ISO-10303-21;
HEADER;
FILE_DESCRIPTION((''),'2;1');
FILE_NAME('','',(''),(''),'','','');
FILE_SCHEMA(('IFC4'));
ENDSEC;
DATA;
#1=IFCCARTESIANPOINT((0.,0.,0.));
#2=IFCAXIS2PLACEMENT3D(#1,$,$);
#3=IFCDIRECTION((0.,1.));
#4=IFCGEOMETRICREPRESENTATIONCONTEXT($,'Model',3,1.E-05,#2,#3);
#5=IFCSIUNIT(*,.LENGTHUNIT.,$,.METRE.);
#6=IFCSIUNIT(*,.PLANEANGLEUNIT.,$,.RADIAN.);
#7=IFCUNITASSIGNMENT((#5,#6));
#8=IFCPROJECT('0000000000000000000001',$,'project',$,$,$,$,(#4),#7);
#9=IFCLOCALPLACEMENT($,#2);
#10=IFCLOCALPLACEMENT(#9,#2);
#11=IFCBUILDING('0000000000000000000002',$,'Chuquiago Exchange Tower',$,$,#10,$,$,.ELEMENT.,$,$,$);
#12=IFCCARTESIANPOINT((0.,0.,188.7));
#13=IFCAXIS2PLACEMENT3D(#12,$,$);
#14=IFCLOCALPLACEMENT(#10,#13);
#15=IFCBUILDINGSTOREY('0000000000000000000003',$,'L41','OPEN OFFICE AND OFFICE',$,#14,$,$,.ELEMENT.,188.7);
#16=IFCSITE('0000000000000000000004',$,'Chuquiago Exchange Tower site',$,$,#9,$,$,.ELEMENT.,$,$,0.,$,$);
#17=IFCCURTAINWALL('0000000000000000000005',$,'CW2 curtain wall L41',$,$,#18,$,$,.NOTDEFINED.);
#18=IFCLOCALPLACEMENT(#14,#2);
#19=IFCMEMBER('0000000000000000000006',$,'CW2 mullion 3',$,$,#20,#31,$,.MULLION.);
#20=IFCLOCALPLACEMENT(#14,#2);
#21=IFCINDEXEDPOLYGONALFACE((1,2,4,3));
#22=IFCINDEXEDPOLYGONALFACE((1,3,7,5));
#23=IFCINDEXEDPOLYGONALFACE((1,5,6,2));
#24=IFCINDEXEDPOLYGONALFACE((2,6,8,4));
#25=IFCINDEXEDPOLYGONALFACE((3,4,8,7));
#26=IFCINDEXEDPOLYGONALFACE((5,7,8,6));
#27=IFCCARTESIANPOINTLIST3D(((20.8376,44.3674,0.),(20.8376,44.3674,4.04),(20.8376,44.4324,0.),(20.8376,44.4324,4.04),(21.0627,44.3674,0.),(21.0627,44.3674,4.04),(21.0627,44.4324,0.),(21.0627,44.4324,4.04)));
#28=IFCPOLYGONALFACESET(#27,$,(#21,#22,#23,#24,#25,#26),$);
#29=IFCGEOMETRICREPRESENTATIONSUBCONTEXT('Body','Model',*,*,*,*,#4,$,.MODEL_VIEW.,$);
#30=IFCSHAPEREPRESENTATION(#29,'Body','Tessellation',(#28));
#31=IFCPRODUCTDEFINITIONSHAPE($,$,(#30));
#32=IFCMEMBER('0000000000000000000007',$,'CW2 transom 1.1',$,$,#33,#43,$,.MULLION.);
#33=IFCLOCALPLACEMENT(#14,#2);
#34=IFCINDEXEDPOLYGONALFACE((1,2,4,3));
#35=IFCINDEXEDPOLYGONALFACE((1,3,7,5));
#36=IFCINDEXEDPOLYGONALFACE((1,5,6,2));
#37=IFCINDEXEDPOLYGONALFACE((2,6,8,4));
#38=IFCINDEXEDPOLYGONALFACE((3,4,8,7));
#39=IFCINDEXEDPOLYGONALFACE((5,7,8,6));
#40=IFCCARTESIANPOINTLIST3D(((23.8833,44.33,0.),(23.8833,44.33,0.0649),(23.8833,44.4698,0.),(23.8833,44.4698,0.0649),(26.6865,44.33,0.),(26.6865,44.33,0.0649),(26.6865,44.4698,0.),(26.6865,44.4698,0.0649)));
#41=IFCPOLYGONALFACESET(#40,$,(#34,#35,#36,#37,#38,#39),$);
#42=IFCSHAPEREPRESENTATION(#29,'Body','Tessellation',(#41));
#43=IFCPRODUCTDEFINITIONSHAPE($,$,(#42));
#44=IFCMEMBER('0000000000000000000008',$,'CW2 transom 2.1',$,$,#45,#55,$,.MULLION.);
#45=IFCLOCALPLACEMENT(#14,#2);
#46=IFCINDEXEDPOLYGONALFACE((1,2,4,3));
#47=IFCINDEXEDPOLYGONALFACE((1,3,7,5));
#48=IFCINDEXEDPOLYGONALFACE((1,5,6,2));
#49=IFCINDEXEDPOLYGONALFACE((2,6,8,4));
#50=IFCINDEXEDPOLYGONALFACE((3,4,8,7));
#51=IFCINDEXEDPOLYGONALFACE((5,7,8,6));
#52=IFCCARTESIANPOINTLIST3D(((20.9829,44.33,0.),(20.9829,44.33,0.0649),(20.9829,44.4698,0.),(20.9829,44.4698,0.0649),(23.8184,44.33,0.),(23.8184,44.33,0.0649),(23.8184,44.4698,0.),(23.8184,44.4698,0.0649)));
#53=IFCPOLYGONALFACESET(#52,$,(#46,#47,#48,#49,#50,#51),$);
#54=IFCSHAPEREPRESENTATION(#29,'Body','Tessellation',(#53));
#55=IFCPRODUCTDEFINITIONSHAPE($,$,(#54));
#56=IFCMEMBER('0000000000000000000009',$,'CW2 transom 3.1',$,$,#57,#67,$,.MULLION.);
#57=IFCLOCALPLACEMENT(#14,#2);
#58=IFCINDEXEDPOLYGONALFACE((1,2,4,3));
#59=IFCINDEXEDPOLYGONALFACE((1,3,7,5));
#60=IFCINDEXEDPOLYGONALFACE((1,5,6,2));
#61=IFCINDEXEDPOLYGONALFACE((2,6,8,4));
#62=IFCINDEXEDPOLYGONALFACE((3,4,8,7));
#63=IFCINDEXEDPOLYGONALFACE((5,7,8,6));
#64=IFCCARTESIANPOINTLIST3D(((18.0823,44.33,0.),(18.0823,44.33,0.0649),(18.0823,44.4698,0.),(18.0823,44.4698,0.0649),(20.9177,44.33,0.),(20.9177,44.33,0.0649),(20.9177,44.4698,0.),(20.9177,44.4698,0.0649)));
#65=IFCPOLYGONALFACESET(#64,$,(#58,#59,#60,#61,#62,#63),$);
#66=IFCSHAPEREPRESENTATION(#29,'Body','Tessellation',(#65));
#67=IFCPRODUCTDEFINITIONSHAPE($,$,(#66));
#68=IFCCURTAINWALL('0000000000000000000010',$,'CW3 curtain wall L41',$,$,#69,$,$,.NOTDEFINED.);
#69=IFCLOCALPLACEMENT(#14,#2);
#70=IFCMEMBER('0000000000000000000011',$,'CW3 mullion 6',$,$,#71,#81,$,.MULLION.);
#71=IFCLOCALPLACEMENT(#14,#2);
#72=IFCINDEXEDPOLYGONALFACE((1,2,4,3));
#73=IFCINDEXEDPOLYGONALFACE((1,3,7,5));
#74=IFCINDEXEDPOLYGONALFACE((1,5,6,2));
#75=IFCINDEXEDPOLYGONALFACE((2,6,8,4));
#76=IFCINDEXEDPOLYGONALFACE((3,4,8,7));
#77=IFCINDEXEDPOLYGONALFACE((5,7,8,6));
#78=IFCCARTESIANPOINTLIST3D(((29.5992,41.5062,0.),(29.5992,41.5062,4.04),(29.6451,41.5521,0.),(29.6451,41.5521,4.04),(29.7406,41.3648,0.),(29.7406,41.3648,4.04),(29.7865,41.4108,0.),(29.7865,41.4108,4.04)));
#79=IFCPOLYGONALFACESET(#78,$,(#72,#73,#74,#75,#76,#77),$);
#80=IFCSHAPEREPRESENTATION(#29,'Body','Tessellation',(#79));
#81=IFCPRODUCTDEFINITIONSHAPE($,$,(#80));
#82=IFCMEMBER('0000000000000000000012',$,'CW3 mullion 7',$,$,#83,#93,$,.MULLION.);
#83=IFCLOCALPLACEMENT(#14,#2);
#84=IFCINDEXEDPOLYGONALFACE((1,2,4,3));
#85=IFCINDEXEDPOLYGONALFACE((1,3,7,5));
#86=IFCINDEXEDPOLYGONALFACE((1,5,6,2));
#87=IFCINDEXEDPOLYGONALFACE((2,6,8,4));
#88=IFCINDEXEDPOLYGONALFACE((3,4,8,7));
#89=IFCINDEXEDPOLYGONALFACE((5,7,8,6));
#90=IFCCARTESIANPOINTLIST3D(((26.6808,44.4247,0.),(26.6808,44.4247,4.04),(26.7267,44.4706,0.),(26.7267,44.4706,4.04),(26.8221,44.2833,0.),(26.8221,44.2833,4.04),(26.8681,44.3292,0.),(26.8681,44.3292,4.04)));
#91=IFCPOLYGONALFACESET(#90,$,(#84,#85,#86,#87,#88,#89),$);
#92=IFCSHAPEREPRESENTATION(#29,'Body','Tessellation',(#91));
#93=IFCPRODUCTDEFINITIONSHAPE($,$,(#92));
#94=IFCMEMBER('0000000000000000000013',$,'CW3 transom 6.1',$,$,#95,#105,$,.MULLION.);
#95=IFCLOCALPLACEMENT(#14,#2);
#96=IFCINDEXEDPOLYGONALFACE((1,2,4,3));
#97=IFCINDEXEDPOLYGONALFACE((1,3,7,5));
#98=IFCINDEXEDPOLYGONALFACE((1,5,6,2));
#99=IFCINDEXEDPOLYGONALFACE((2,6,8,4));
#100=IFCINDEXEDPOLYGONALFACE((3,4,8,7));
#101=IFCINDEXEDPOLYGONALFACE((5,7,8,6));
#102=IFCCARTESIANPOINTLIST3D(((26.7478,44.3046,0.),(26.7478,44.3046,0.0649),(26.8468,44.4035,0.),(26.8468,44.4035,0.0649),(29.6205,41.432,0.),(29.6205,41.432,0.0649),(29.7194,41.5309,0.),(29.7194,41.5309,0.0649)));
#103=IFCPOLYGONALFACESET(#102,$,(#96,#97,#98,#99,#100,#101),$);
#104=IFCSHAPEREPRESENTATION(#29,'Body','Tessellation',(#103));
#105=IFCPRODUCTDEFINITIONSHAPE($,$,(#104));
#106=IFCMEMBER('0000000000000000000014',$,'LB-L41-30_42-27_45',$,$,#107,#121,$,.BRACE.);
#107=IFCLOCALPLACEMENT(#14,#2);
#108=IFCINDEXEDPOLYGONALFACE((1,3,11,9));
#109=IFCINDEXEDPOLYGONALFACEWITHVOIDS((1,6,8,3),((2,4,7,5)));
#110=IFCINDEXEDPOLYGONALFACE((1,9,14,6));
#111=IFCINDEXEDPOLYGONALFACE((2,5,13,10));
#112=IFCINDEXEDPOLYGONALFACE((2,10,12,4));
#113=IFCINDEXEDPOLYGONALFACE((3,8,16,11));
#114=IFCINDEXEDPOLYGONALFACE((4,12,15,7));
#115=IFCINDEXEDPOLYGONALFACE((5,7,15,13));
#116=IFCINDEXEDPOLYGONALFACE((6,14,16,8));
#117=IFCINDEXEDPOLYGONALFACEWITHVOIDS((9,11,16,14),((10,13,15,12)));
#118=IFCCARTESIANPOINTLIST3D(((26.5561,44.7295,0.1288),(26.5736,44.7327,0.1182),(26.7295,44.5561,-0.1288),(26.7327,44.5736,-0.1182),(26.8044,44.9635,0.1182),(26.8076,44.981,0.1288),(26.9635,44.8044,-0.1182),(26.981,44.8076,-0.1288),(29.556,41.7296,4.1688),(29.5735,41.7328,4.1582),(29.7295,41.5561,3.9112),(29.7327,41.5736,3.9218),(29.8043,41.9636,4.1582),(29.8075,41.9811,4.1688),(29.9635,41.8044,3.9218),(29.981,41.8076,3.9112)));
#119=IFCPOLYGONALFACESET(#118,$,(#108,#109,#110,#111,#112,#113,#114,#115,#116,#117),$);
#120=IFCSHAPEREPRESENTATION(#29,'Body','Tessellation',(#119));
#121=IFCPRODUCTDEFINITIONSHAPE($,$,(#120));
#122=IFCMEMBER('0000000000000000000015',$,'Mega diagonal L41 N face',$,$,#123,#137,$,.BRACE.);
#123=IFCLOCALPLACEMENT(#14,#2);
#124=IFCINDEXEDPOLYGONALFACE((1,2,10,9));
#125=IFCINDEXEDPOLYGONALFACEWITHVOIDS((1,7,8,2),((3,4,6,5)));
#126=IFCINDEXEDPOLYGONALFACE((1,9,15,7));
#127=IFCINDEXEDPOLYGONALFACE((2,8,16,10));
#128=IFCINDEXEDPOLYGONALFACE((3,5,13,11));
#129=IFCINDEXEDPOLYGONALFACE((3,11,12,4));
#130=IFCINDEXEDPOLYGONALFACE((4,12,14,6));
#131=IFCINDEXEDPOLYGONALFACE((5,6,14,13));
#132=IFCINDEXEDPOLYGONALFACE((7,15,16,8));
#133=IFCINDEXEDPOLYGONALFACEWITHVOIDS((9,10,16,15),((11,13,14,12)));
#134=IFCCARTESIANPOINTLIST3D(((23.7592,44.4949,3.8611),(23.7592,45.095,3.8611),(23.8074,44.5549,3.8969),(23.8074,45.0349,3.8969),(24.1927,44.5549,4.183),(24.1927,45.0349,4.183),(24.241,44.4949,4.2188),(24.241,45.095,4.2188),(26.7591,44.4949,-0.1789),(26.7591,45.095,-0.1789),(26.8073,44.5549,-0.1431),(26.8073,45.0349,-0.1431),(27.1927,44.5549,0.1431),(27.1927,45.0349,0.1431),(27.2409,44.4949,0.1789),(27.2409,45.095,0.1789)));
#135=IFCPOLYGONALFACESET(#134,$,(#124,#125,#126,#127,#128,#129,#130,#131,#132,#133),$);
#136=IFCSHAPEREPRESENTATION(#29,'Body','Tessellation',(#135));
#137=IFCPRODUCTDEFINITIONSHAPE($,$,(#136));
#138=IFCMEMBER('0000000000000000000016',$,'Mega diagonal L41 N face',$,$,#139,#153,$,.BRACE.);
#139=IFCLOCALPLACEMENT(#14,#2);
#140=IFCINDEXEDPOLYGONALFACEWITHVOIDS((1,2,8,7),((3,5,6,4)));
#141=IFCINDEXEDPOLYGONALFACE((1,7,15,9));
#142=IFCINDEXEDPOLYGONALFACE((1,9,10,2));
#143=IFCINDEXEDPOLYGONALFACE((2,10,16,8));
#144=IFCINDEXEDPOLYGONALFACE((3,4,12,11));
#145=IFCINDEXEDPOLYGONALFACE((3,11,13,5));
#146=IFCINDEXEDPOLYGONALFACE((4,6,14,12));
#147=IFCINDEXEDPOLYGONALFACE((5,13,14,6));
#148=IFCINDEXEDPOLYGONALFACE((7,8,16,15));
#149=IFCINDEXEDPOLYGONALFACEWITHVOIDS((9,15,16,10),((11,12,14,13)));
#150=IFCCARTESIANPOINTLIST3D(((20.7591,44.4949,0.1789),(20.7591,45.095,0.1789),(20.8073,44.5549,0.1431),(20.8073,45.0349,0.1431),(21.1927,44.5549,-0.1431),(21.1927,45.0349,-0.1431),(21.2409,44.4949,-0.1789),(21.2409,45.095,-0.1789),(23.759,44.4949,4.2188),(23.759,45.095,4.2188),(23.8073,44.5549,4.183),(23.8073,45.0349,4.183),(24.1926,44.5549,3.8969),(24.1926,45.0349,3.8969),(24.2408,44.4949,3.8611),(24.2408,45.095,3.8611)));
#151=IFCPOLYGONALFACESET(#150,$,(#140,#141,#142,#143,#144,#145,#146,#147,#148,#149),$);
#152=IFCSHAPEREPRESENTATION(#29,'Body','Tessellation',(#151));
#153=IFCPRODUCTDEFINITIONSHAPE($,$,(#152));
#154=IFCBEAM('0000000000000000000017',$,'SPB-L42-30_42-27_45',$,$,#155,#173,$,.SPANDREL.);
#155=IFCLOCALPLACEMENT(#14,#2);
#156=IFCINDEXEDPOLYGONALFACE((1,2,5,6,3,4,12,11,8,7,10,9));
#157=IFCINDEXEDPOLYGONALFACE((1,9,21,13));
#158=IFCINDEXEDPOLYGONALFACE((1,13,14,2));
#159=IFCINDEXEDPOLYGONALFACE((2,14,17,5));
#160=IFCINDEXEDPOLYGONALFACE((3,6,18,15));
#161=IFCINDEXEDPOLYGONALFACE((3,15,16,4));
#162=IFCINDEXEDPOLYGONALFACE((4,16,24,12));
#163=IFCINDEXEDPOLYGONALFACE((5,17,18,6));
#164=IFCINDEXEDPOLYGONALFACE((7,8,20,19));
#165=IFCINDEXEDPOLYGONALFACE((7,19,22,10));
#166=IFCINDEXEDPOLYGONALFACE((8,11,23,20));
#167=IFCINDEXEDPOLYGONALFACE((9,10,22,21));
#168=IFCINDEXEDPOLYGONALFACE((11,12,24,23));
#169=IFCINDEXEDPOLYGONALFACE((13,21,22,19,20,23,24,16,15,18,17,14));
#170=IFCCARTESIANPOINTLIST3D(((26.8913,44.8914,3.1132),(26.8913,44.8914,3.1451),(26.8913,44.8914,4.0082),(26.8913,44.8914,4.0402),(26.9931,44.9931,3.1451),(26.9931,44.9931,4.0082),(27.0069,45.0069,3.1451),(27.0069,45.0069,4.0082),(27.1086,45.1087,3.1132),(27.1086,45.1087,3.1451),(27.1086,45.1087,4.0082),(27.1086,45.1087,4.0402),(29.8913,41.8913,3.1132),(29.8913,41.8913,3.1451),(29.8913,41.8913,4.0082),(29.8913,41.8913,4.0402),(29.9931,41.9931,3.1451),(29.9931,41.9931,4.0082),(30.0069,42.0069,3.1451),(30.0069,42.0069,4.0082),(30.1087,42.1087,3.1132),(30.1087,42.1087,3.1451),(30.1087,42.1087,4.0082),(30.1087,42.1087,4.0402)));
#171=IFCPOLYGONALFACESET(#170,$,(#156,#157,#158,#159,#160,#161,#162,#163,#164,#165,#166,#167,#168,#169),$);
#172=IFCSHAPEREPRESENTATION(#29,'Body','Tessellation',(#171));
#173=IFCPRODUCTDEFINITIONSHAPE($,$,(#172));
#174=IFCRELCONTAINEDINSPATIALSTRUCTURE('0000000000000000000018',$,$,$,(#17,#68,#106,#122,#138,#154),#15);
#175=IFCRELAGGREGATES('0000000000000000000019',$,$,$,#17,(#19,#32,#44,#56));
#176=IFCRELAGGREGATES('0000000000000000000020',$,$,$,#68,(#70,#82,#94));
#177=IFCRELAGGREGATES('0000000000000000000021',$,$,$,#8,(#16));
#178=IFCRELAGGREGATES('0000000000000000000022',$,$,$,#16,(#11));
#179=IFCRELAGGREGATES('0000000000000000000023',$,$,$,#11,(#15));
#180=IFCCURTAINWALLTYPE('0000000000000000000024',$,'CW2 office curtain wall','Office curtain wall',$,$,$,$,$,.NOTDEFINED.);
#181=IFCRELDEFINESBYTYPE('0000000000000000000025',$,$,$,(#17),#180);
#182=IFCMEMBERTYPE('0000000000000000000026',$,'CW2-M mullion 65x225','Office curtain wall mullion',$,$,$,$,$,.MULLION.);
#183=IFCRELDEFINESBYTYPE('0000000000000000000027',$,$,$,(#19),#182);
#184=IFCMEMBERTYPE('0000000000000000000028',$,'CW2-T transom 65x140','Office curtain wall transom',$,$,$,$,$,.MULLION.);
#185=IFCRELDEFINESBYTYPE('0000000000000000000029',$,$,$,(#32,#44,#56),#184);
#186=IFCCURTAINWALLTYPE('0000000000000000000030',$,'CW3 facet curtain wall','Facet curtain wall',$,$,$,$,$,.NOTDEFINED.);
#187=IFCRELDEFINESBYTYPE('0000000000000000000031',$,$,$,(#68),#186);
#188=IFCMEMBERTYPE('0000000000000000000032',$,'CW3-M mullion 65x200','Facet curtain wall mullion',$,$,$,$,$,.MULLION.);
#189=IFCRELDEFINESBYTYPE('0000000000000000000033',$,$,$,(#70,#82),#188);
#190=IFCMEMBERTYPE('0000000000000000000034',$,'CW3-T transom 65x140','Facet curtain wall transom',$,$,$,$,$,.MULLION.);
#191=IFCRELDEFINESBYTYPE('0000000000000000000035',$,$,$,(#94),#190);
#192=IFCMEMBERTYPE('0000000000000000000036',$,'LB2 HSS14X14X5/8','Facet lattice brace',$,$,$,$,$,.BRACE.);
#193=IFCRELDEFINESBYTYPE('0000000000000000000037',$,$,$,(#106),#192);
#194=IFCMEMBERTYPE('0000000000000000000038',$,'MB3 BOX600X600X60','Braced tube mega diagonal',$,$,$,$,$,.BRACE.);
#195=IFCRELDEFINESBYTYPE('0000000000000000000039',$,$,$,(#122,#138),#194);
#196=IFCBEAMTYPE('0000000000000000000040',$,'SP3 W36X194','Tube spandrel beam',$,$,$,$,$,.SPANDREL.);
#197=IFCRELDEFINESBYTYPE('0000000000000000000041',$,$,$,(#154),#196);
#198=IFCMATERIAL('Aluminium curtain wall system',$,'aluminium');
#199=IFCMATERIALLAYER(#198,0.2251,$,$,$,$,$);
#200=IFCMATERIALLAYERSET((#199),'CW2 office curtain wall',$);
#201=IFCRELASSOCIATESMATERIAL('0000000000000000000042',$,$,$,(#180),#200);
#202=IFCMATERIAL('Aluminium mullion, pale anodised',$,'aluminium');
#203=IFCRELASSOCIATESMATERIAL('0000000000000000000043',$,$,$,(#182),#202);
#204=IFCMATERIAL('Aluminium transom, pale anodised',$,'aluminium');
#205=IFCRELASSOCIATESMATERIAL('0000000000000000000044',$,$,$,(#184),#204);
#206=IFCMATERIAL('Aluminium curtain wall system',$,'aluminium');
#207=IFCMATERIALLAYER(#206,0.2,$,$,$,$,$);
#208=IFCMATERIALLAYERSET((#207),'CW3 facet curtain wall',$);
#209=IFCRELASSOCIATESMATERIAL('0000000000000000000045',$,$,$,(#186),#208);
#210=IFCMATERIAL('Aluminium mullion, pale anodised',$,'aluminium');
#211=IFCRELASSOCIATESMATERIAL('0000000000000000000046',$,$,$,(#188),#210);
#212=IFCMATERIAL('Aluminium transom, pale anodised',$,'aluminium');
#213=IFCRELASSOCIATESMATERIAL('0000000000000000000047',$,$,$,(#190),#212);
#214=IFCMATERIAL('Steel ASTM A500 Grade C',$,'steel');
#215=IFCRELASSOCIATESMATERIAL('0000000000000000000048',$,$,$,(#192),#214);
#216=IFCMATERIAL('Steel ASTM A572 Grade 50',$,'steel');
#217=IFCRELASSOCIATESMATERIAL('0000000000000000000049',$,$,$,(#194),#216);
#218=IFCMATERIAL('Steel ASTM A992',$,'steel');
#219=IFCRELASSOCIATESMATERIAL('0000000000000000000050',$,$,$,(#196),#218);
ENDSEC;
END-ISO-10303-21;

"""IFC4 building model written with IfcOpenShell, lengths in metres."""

from ifc_helpers import new_model, si_unit, direction, frame, origin, origin_2d, place, context, subcontext, project, spatial, rectangle, hollow_rectangle, i_section, extrude, material, layer, layer_set, material_profile, profile_set, type_object, element, aggregate, save


model = new_model("IFC4")

# Units and contexts
model_context = context("Model", 3, precision=1e-05, world=origin(), true_north=direction((0.0, 1.0)))
body_context = subcontext(model_context, "Body", "Model", "MODEL_VIEW")
ifc_project = project(units=[si_unit("LENGTHUNIT", "METRE"), si_unit("PLANEANGLEUNIT", "RADIAN")], contexts=[model_context])

# Site, building, storey
site_placement = place(None, origin())
site = spatial("IfcSite", under=ifc_project, at=site_placement, Name="Chuquiago Exchange Tower site", CompositionType="ELEMENT", RefElevation=0.0)
building_placement = place(site_placement, origin())
building = spatial("IfcBuilding", under=site, at=building_placement, Name="Chuquiago Exchange Tower", CompositionType="ELEMENT")
storey_placement = place(building_placement, frame((0.0, 0.0, 188.7)))
storey = spatial("IfcBuildingStorey", under=building, at=storey_placement, Name="L41", Description="OPEN OFFICE AND OFFICE", CompositionType="ELEMENT", Elevation=188.7)

# Curtain walls, members
ifc_material_1 = material(Name="Aluminium curtain wall system", Category="aluminium")
ifc_layer_1 = layer(ifc_material_1, 0.2251)
ifc_layer_set_1 = layer_set([ifc_layer_1], Name="CW2 office curtain wall")
curtain_wall_type_1 = type_object("IfcCurtainWallType", Name="CW2 office curtain wall", Description="Office curtain wall", PredefinedType="NOTDEFINED", material=ifc_layer_set_1)
curtain_wall_1_placement = place(storey_placement, origin())
curtain_wall_1 = element("IfcCurtainWall", 1, at=curtain_wall_1_placement, inside=storey, type_object=curtain_wall_type_1, Name="CW2 curtain wall L41", PredefinedType="NOTDEFINED")
ifc_material_2 = material(Name="Aluminium mullion, pale anodised", Category="aluminium")
ifc_material_profile_1 = material_profile(ifc_material_2, rectangle(XDim=0.0649, YDim=0.2251, at=origin_2d()), Name="AL 65x225")
ifc_profile_set_1 = profile_set([ifc_material_profile_1], Name="Aluminium mullion, pale anodised")
member_type_1 = type_object("IfcMemberType", Name="CW2-M mullion 65x225", Description="Office curtain wall mullion", PredefinedType="MULLION", material=ifc_profile_set_1)
member_1_placement = place(storey_placement, frame((20.9502, 44.3999, 0.0), z_axis=(0.0, 0.0, 1.0), x_axis=(0.0, -1.0, 0.0)))
member_1 = element("IfcMember", 2, at=member_1_placement, type_object=member_type_1, Name="CW2 mullion 3", PredefinedType="MULLION", context=body_context, shape_type="SweptSolid", body=[
    extrude(rectangle(XDim=0.0649, YDim=0.2251, at=origin_2d()), origin(), (0.0, 0.0, 1.0), 4.04),
])
ifc_material_3 = material(Name="Aluminium transom, pale anodised", Category="aluminium")
ifc_material_profile_2 = material_profile(ifc_material_3, rectangle(XDim=0.1399, YDim=0.0649, at=origin_2d()), Name="AL 140x65")
ifc_profile_set_2 = profile_set([ifc_material_profile_2], Name="Aluminium transom, pale anodised")
member_type_2 = type_object("IfcMemberType", Name="CW2-T transom 65x140", Description="Office curtain wall transom", PredefinedType="MULLION", material=ifc_profile_set_2)
member_2_placement = place(storey_placement, frame((26.6865, 44.3999, 0.0325), z_axis=(-1.0, 0.0, 0.0), x_axis=(0.0, -1.0, 0.0)))
member_2 = element("IfcMember", 3, at=member_2_placement, type_object=member_type_2, Name="CW2 transom 1.1", PredefinedType="MULLION", context=body_context, shape_type="SweptSolid", body=[
    extrude(rectangle(XDim=0.1399, YDim=0.0649, at=origin_2d()), origin(), (0.0, 0.0, 1.0), 2.8032),
])
member_3_placement = place(storey_placement, frame((23.8184, 44.3999, 0.0325), z_axis=(-1.0, 0.0, 0.0), x_axis=(0.0, -1.0, 0.0)))
member_3 = element("IfcMember", 4, at=member_3_placement, type_object=member_type_2, Name="CW2 transom 2.1", PredefinedType="MULLION", context=body_context, shape_type="SweptSolid", body=[
    extrude(rectangle(XDim=0.1399, YDim=0.0649, at=origin_2d()), origin(), (0.0, 0.0, 1.0), 2.8354),
])
member_4_placement = place(storey_placement, frame((20.9177, 44.3999, 0.0325), z_axis=(-1.0, 0.0, 0.0), x_axis=(0.0, -1.0, 0.0)))
member_4 = element("IfcMember", 5, at=member_4_placement, type_object=member_type_2, Name="CW2 transom 3.1", PredefinedType="MULLION", context=body_context, shape_type="SweptSolid", body=[
    extrude(rectangle(XDim=0.1399, YDim=0.0649, at=origin_2d()), origin(), (0.0, 0.0, 1.0), 2.8354),
])
ifc_material_4 = material(Name="Aluminium curtain wall system", Category="aluminium")
ifc_layer_2 = layer(ifc_material_4, 0.2)
ifc_layer_set_2 = layer_set([ifc_layer_2], Name="CW3 facet curtain wall")
curtain_wall_type_2 = type_object("IfcCurtainWallType", Name="CW3 facet curtain wall", Description="Facet curtain wall", PredefinedType="NOTDEFINED", material=ifc_layer_set_2)
curtain_wall_2_placement = place(storey_placement, origin())
curtain_wall_2 = element("IfcCurtainWall", 6, at=curtain_wall_2_placement, inside=storey, type_object=curtain_wall_type_2, Name="CW3 curtain wall L41", PredefinedType="NOTDEFINED")
ifc_material_5 = material(Name="Aluminium mullion, pale anodised", Category="aluminium")
ifc_material_profile_3 = material_profile(ifc_material_5, rectangle(XDim=0.0649, YDim=0.2, at=origin_2d()), Name="AL 65x200")
ifc_profile_set_3 = profile_set([ifc_material_profile_3], Name="Aluminium mullion, pale anodised")
member_type_3 = type_object("IfcMemberType", Name="CW3-M mullion 65x200", Description="Facet curtain wall mullion", PredefinedType="MULLION", material=ifc_profile_set_3)
member_5_placement = place(storey_placement, frame((29.6929, 41.4585, 0.0), z_axis=(0.0, 0.0, 1.0), x_axis=(-0.707107, -0.707107, 0.0)))
member_5 = element("IfcMember", 7, at=member_5_placement, type_object=member_type_3, Name="CW3 mullion 6", PredefinedType="MULLION", context=body_context, shape_type="SweptSolid", body=[
    extrude(rectangle(XDim=0.0649, YDim=0.2, at=origin_2d()), origin(), (0.0, 0.0, 1.0), 4.04),
])
member_6_placement = place(storey_placement, frame((26.7744, 44.377, 0.0), z_axis=(0.0, 0.0, 1.0), x_axis=(-0.707107, -0.707107, 0.0)))
member_6 = element("IfcMember", 8, at=member_6_placement, type_object=member_type_3, Name="CW3 mullion 7", PredefinedType="MULLION", context=body_context, shape_type="SweptSolid", body=[
    extrude(rectangle(XDim=0.0649, YDim=0.2, at=origin_2d()), origin(), (0.0, 0.0, 1.0), 4.04),
])
ifc_material_6 = material(Name="Aluminium transom, pale anodised", Category="aluminium")
ifc_material_profile_4 = material_profile(ifc_material_6, rectangle(XDim=0.1399, YDim=0.0649, at=origin_2d()), Name="AL 140x65")
ifc_profile_set_4 = profile_set([ifc_material_profile_4], Name="Aluminium transom, pale anodised")
member_type_4 = type_object("IfcMemberType", Name="CW3-T transom 65x140", Description="Facet curtain wall transom", PredefinedType="MULLION", material=ifc_profile_set_4)
member_7_placement = place(storey_placement, frame((29.6699, 41.4814, 0.0325), z_axis=(-0.707107, 0.707107, 0.0), x_axis=(-0.707107, -0.707107, 0.0)))
member_7 = element("IfcMember", 9, at=member_7_placement, type_object=member_type_4, Name="CW3 transom 6.1", PredefinedType="MULLION", context=body_context, shape_type="SweptSolid", body=[
    extrude(rectangle(XDim=0.1399, YDim=0.0649, at=origin_2d()), origin(), (0.0, 0.0, 1.0), 4.0625),
])

# Members
ifc_material_7 = material(Name="Steel ASTM A500 Grade C", Category="steel")
ifc_material_profile_5 = material_profile(ifc_material_7, hollow_rectangle(XDim=0.3557, YDim=0.3557, WallThickness=0.0146, at=origin_2d()), Name="HSS14X14X5/8")
ifc_profile_set_5 = profile_set([ifc_material_profile_5], Name="Steel ASTM A500 Grade C")
member_type_5 = type_object("IfcMemberType", Name="LB2 HSS14X14X5/8", Description="Facet lattice brace", PredefinedType="BRACE", material=ifc_profile_set_5)
member_8_placement = place(storey_placement, frame((26.7686, 44.7686, 0.0), z_axis=(0.512077, -0.512077, 0.689604), x_axis=(0.707107, 0.707107, 0.0)))
element("IfcMember", 10, at=member_8_placement, inside=storey, type_object=member_type_5, Name="LB-L41-30_42-27_45", PredefinedType="BRACE", context=body_context, shape_type="SweptSolid", body=[
    extrude(hollow_rectangle(XDim=0.3557, YDim=0.3557, WallThickness=0.0146, at=origin_2d()), origin(), (0.0, 0.0, 1.0), 5.8584),
])
ifc_material_8 = material(Name="Steel ASTM A572 Grade 50", Category="steel")
ifc_material_profile_6 = material_profile(ifc_material_8, hollow_rectangle(XDim=0.6001, YDim=0.6001, WallThickness=0.0601, at=origin_2d()), Name="BOX600X600X60")
ifc_profile_set_6 = profile_set([ifc_material_profile_6], Name="Steel ASTM A572 Grade 50")
member_type_6 = type_object("IfcMemberType", Name="MB3 BOX600X600X60", Description="Braced tube mega diagonal", PredefinedType="BRACE", material=ifc_profile_set_6)
for number, where, z_axis, x_axis, name in (
    (11, (27.0, 44.7949, 0.0), (-0.596174, 0.0, 0.802855), (0.0, -1.0, 0.0), "Mega diagonal L41 N face"),
    (12, (21.0, 44.7949, 0.0), (0.596174, 0.0, 0.802855), (0.0, 1.0, 0.0), "Mega diagonal L41 N face"),
):
    element("IfcMember", number, at=place(storey_placement, frame(where, z_axis=z_axis, x_axis=x_axis)), inside=storey, type_object=member_type_6, Name=name, PredefinedType="BRACE", context=body_context, shape_type="SweptSolid", body=[
        extrude(hollow_rectangle(XDim=0.6001, YDim=0.6001, WallThickness=0.0601, at=origin_2d()), origin(), (0.0, 0.0, 1.0), 5.032),
    ])

# Beam
ifc_material_9 = material(Name="Steel ASTM A992", Category="steel")
ifc_material_profile_7 = material_profile(ifc_material_9, i_section(OverallWidth=0.3074, OverallDepth=0.927, WebThickness=0.0195, FlangeThickness=0.032, at=origin_2d()), Name="W36X194")
ifc_profile_set_7 = profile_set([ifc_material_profile_7], Name="Steel ASTM A992")
beam_type_1 = type_object("IfcBeamType", Name="SP3 W36X194", Description="Tube spandrel beam", PredefinedType="SPANDREL", material=ifc_profile_set_7)
beam_1_placement = place(storey_placement, frame((30.0, 42.0, 3.5767), z_axis=(-0.707107, 0.707107, 0.0), x_axis=(-0.707107, -0.707107, 0.0)))
element("IfcBeam", 13, at=beam_1_placement, inside=storey, type_object=beam_type_1, Name="SPB-L42-30_42-27_45", PredefinedType="SPANDREL", context=body_context, shape_type="SweptSolid", body=[
    extrude(i_section(OverallWidth=0.3074, OverallDepth=0.927, WebThickness=0.0195, FlangeThickness=0.032, at=origin_2d()), origin(), (0.0, 0.0, 1.0), 4.2427),
])

aggregate(curtain_wall_1, [member_1, member_2, member_3, member_4])
aggregate(curtain_wall_2, [member_5, member_6, member_7])

save(model, "model.ifc")
